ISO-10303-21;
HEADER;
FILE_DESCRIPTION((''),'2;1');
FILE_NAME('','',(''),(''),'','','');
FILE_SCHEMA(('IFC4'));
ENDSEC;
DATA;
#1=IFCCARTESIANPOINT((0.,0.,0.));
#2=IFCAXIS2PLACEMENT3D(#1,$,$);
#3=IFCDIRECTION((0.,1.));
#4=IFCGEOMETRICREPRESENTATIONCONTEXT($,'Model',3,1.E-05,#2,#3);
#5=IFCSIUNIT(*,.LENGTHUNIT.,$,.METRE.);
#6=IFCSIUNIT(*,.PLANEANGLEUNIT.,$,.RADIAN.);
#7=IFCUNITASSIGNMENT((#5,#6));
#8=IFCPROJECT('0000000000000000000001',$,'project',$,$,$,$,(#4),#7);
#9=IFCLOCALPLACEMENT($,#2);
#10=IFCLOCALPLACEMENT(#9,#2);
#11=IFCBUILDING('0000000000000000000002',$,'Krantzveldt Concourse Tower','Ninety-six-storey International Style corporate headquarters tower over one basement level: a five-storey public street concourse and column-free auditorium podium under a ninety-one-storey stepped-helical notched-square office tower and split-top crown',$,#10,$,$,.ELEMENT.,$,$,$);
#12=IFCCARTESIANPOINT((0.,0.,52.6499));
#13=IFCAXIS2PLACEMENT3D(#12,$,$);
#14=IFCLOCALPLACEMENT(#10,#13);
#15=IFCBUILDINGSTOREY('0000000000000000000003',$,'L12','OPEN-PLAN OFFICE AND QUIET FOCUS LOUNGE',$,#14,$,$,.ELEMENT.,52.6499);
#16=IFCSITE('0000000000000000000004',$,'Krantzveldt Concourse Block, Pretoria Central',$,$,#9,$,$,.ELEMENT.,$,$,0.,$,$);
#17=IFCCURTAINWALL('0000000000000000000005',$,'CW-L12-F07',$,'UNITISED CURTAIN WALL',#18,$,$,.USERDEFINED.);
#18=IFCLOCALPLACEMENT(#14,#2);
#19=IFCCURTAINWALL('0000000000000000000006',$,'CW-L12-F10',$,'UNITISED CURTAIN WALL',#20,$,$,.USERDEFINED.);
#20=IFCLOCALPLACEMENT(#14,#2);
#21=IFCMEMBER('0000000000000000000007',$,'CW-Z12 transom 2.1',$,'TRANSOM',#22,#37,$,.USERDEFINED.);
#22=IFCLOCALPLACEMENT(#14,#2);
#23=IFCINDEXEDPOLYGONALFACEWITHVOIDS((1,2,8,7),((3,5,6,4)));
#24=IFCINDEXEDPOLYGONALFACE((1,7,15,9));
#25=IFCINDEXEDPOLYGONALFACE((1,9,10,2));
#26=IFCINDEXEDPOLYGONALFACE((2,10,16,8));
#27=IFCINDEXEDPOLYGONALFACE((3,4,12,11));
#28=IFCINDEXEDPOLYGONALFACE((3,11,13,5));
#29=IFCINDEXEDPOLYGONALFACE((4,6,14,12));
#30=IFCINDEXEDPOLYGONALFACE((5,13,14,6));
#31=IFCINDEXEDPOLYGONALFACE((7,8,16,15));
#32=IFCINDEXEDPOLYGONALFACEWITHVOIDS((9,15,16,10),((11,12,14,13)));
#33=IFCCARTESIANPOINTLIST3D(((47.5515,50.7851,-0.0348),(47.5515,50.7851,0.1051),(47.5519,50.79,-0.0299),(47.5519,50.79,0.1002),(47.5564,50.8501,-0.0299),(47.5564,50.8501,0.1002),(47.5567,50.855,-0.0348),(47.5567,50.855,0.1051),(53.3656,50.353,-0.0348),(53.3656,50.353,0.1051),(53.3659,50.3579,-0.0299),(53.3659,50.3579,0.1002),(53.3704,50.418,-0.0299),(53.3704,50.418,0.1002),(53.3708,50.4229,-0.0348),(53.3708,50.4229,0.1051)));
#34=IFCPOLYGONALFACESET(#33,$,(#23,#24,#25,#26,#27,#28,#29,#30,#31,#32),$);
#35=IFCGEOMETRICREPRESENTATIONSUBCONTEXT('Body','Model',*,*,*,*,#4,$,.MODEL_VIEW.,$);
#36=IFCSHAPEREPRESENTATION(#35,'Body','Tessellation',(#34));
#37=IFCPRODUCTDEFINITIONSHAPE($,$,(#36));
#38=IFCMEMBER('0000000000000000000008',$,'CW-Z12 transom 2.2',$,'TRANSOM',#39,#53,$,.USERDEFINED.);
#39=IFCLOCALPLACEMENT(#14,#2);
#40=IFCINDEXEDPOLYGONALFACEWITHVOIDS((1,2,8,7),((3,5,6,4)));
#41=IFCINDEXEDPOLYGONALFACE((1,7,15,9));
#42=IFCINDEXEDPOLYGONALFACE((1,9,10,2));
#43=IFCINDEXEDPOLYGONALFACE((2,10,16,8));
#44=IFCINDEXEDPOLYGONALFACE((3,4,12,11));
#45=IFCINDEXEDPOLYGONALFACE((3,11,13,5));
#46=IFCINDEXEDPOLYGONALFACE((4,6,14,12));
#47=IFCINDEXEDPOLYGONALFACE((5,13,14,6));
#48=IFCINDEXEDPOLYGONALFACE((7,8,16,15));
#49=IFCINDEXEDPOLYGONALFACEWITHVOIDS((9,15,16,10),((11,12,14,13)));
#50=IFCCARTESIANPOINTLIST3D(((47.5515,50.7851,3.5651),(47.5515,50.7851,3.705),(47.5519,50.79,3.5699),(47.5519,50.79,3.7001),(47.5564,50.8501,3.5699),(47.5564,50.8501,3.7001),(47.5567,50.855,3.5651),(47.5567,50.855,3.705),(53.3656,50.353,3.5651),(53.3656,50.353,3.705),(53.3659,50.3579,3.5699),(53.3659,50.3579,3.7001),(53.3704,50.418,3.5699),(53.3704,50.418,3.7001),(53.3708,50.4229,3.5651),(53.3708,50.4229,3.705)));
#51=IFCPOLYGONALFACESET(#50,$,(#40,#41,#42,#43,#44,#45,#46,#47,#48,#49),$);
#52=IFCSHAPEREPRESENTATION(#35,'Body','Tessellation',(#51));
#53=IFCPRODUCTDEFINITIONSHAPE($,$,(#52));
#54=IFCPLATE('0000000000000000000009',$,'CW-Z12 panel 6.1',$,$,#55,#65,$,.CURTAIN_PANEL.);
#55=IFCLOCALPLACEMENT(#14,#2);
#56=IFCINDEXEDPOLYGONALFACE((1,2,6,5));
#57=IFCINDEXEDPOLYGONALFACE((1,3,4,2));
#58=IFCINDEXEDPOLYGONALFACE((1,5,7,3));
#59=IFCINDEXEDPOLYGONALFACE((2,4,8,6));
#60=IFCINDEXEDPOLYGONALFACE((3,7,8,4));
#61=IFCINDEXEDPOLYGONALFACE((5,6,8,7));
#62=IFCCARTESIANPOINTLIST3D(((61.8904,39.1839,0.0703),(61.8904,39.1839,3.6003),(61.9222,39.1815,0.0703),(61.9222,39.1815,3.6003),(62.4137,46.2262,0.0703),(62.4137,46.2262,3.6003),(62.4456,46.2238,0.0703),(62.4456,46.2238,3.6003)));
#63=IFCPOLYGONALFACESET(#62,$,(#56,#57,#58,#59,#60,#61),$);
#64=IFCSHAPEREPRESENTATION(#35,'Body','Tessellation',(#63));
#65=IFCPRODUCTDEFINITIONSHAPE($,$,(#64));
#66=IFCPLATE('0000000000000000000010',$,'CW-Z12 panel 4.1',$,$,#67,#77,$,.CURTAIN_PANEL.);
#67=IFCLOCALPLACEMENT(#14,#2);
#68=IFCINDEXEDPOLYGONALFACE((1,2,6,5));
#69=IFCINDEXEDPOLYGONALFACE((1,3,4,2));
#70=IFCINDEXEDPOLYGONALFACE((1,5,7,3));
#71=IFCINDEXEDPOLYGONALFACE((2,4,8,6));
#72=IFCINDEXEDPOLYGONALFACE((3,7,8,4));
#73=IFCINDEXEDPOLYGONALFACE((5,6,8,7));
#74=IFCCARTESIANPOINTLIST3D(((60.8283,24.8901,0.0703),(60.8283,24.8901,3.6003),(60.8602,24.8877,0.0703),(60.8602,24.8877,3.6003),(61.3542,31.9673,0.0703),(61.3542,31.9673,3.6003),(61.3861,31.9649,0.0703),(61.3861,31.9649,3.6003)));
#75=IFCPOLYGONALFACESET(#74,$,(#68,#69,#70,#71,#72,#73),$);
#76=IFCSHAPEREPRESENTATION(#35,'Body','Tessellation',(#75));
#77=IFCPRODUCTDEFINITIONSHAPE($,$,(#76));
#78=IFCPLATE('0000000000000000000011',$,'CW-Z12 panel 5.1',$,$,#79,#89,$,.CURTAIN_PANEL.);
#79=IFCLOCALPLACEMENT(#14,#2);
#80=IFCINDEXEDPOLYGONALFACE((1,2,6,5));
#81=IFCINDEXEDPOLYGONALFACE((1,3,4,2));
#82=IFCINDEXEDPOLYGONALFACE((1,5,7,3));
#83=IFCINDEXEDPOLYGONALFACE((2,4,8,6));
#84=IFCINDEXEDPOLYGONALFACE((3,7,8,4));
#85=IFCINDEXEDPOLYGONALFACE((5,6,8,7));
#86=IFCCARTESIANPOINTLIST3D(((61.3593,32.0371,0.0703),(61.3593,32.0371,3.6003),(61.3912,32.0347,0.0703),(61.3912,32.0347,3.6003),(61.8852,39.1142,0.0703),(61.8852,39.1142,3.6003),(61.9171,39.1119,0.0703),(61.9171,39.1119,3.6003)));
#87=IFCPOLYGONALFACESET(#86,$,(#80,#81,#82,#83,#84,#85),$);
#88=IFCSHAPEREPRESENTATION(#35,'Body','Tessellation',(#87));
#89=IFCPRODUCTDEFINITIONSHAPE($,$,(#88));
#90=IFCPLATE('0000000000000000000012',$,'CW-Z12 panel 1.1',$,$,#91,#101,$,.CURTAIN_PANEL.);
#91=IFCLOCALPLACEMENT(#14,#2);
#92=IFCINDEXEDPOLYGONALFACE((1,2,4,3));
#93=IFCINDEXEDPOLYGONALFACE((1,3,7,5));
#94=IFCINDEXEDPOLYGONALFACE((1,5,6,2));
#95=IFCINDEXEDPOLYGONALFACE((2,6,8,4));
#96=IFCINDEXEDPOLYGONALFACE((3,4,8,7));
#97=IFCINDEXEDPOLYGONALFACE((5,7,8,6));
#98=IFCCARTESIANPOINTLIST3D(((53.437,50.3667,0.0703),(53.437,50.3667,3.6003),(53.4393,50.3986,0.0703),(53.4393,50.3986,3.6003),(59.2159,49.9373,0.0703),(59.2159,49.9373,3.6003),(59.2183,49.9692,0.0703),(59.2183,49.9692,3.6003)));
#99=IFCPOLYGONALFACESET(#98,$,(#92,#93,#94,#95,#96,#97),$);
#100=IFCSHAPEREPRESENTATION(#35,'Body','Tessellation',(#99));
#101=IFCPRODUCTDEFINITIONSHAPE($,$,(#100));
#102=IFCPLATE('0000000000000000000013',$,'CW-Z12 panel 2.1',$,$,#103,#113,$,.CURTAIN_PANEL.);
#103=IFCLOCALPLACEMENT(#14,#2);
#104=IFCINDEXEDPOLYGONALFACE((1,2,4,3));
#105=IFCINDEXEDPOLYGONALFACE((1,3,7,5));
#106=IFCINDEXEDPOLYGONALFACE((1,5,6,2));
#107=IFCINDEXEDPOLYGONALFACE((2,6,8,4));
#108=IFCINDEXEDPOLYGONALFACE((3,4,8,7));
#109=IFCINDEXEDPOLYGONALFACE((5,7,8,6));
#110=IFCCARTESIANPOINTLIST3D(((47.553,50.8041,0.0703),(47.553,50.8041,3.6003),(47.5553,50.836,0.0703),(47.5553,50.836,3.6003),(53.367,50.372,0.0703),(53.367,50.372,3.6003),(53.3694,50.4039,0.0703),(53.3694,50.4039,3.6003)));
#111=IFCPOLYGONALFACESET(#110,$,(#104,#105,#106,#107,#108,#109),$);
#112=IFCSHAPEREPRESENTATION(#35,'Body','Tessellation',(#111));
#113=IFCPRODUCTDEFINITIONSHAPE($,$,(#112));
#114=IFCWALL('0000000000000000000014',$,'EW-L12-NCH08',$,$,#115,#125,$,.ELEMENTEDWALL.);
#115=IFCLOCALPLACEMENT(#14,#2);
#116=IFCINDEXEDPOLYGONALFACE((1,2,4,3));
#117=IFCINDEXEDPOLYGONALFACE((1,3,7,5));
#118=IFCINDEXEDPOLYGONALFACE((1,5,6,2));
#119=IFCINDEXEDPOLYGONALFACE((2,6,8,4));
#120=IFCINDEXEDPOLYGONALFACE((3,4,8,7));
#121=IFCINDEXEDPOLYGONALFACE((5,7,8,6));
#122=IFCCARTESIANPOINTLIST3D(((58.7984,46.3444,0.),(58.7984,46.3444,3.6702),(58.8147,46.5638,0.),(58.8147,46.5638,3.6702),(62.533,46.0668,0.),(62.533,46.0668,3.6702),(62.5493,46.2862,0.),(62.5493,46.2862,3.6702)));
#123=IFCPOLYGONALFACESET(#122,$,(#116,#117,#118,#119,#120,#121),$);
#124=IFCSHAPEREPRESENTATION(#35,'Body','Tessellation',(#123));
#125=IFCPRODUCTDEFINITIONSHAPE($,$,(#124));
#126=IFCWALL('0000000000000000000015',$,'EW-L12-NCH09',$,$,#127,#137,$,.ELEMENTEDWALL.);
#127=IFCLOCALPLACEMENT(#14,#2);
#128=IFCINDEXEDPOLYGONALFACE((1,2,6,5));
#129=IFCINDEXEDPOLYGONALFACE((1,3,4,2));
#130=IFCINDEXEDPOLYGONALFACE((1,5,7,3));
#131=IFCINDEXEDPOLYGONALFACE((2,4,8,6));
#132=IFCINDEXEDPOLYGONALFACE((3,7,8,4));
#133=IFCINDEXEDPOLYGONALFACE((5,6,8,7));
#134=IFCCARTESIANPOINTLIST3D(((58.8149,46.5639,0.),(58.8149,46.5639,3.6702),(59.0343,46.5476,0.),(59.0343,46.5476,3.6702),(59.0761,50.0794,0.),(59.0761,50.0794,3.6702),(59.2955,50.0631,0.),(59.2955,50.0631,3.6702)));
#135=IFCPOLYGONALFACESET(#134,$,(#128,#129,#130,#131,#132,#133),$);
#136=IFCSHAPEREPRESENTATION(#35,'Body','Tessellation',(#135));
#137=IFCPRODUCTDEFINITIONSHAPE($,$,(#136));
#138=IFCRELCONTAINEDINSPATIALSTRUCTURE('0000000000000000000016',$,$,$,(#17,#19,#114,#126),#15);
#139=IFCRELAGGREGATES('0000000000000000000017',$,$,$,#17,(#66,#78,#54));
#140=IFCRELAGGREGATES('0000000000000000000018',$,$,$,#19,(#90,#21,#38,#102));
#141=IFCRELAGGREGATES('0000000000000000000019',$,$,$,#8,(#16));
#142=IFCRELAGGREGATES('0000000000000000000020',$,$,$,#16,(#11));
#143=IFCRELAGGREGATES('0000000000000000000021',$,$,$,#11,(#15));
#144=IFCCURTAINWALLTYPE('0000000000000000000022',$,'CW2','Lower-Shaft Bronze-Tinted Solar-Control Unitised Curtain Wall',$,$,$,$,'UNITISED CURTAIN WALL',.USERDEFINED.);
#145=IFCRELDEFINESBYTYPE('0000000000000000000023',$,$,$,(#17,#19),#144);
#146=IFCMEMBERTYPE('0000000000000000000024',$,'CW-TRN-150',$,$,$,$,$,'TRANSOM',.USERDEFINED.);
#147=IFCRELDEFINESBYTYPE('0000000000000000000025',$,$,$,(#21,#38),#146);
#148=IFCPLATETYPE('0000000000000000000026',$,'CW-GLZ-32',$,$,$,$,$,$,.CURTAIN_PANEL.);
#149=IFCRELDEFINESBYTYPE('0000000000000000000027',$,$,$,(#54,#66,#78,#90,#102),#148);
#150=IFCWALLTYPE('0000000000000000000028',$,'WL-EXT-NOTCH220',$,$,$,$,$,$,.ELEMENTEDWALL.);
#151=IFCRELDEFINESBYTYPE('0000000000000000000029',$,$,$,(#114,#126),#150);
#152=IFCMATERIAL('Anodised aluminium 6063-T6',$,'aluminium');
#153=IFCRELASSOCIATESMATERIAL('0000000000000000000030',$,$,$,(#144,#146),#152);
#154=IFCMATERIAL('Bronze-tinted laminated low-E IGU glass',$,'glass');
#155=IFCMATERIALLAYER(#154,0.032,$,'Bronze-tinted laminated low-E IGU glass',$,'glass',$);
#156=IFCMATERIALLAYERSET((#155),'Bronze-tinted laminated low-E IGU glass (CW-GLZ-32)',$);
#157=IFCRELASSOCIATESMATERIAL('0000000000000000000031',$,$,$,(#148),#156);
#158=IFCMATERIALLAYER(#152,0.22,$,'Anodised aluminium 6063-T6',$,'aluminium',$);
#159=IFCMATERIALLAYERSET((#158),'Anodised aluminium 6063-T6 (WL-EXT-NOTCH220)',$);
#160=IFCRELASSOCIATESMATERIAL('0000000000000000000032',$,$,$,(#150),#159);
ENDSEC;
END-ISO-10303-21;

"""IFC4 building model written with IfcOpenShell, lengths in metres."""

from ifc_helpers import new_model, si_unit, direction, frame, frame_2d, origin, origin_2d, place, context, subcontext, project, spatial, rectangle, hollow_rectangle, extrude, source, transform, mapped, material, layer, layer_set, material_profile, profile_set, type_object, type_shapes, element, aggregate, save


model = new_model("IFC4")

# Units and contexts
model_context = context("Model", 3, precision=1e-05, world=origin(), true_north=direction((0.0, 1.0)))
body_context = subcontext(model_context, "Body", "Model", "MODEL_VIEW")
ifc_project = project(units=[si_unit("LENGTHUNIT", "METRE"), si_unit("PLANEANGLEUNIT", "RADIAN")], contexts=[model_context])

# Site, building, storey
site_placement = place(None, origin())
site = spatial("IfcSite", under=ifc_project, at=site_placement, Name="Krantzveldt Concourse Block, Pretoria Central", CompositionType="ELEMENT", RefElevation=0.0)
building_placement = place(site_placement, origin())
building = spatial("IfcBuilding", under=site, at=building_placement, Name="Krantzveldt Concourse Tower", Description="Ninety-six-storey International Style corporate headquarters tower over one basement level: a five-storey public street concourse and column-free auditorium podium under a ninety-one-storey stepped-helical notched-square office tower and split-top crown", CompositionType="ELEMENT")
storey_placement = place(building_placement, frame((0.0, 0.0, 52.6499)))
storey = spatial("IfcBuildingStorey", under=building, at=storey_placement, Name="L12", Description="OPEN-PLAN OFFICE AND QUIET FOCUS LOUNGE", CompositionType="ELEMENT", Elevation=52.6499)

# Curtain walls, members
ifc_material_1 = material(Name="Anodised aluminium 6063-T6", Category="aluminium")
curtain_wall_type = type_object("IfcCurtainWallType", Name="CW2", Description="Lower-Shaft Bronze-Tinted Solar-Control Unitised Curtain Wall", ElementType="UNITISED CURTAIN WALL", PredefinedType="USERDEFINED", material=ifc_material_1)
curtain_wall_1_placement = place(storey_placement, origin())
curtain_wall_1 = element("IfcCurtainWall", 1, at=curtain_wall_1_placement, inside=storey, type_object=curtain_wall_type, Name="CW-L12-F07", ObjectType="UNITISED CURTAIN WALL", PredefinedType="USERDEFINED")
ifc_material_profile_1 = material_profile(ifc_material_1, hollow_rectangle(XDim=0.0701, YDim=0.1399, WallThickness=0.0049, at=origin_2d()), Name="Anodised aluminium 6063-T6", Category="aluminium")
ifc_profile_set_1 = profile_set([ifc_material_profile_1], Name="Anodised aluminium 6063-T6 - ALU-TRAN 140x70x5")
member_type_1 = type_object("IfcMemberType", Name="CW-TRN-150", ElementType="TRANSOM", PredefinedType="USERDEFINED", material=ifc_profile_set_1)
curtain_wall_2_placement = place(storey_placement, origin())
curtain_wall_2 = element("IfcCurtainWall", 2, at=curtain_wall_2_placement, inside=storey, type_object=curtain_wall_type, Name="CW-L12-F10", ObjectType="UNITISED CURTAIN WALL", PredefinedType="USERDEFINED")
shared_shape_1 = source(origin(), body_context, "Body", "SweptSolid", [
    extrude(hollow_rectangle(XDim=0.0701, YDim=0.1399, WallThickness=0.0049, at=origin_2d()), origin(), (0.0, 0.0, 1.0), 5.8301),
])
member_1_placement = place(storey_placement, frame((53.3682, 50.3879, 0.0352), z_axis=(-0.997249, 0.074122, 0.0), x_axis=(-0.074122, -0.997249, 0.0)))
member_1 = element("IfcMember", 3, at=member_1_placement, type_object=member_type_1, Name="CW-Z12 transom 2.1", ObjectType="TRANSOM", PredefinedType="USERDEFINED", context=body_context, shape_type="MappedRepresentation", body=[
    mapped(shared_shape_1, transform((0.0, 0.0, 0.0), x_axis=(1.0, 0.0, 0.0), y_axis=(0.0, 1.0, 0.0), z_axis=(0.0, 0.0, 1.0), scale=1.0)),
])
member_2_placement = place(storey_placement, frame((53.3682, 50.3879, 3.635), z_axis=(-0.997249, 0.074122, 0.0), x_axis=(-0.074122, -0.997249, 0.0)))
member_2 = element("IfcMember", 4, at=member_2_placement, type_object=member_type_1, Name="CW-Z12 transom 2.2", ObjectType="TRANSOM", PredefinedType="USERDEFINED", context=body_context, shape_type="MappedRepresentation", body=[
    mapped(shared_shape_1, transform((0.0, 0.0, 0.0), x_axis=(1.0, 0.0, 0.0), y_axis=(0.0, 1.0, 0.0), z_axis=(0.0, 0.0, 1.0), scale=1.0)),
])

# Plates
ifc_material_2 = material(Name="Bronze-tinted laminated low-E IGU glass", Category="glass")
ifc_layer_1 = layer(ifc_material_2, 0.032, Name="Bronze-tinted laminated low-E IGU glass", Category="glass")
ifc_layer_set_1 = layer_set([ifc_layer_1], Name="Bronze-tinted laminated low-E IGU glass (CW-GLZ-32)")
plate_type = type_object("IfcPlateType", Name="CW-GLZ-32", PredefinedType="CURTAIN_PANEL", material=ifc_layer_set_1)
shared_shape_2 = source(origin(), body_context, "Body", "SweptSolid", [
    extrude(rectangle(XDim=7.0618, YDim=0.032, at=origin_2d()), origin(), (0.0, 0.0, 1.0), 3.53),
])
plate_1_placement = place(storey_placement, frame((62.168, 42.7039, 0.0703), z_axis=(0.0, 0.0, 1.0), x_axis=(0.074109, 0.99725, 0.0)))
plate_1 = element("IfcPlate", 5, at=plate_1_placement, type_object=plate_type, Name="CW-Z12 panel 6.1", PredefinedType="CURTAIN_PANEL", context=body_context, shape_type="MappedRepresentation", body=[
    mapped(shared_shape_2, transform((0.0, 0.0, 0.0), x_axis=(1.0, 0.0, 0.0), y_axis=(0.0, 1.0, 0.0), z_axis=(0.0, 0.0, 1.0), scale=1.0)),
])
shared_shape_3 = source(origin(), body_context, "Body", "SweptSolid", [
    extrude(rectangle(XDim=7.0967, YDim=0.032, at=origin_2d()), origin(), (0.0, 0.0, 1.0), 3.53),
])
plate_2_placement = place(storey_placement, frame((61.1072, 28.4275, 0.0703), z_axis=(0.0, 0.0, 1.0), x_axis=(0.074109, 0.99725, 0.0)))
plate_2 = element("IfcPlate", 6, at=plate_2_placement, type_object=plate_type, Name="CW-Z12 panel 4.1", PredefinedType="CURTAIN_PANEL", context=body_context, shape_type="MappedRepresentation", body=[
    mapped(shared_shape_3, transform((0.0, 0.0, 0.0), x_axis=(1.0, 0.0, 0.0), y_axis=(0.0, 1.0, 0.0), z_axis=(0.0, 0.0, 1.0), scale=1.0)),
])
plate_3_placement = place(storey_placement, frame((61.6382, 35.5745, 0.0703), z_axis=(0.0, 0.0, 1.0), x_axis=(0.074109, 0.99725, 0.0)))
plate_3 = element("IfcPlate", 7, at=plate_3_placement, type_object=plate_type, Name="CW-Z12 panel 5.1", PredefinedType="CURTAIN_PANEL", context=body_context, shape_type="MappedRepresentation", body=[
    mapped(shared_shape_3, transform((0.0, 0.0, 0.0), x_axis=(1.0, 0.0, 0.0), y_axis=(0.0, 1.0, 0.0), z_axis=(0.0, 0.0, 1.0), scale=1.0)),
])
aggregate(curtain_wall_1, [plate_2, plate_3, plate_1])
shared_shape_4 = source(origin(), body_context, "Body", "SweptSolid", [
    extrude(rectangle(XDim=5.7949, YDim=0.032, at=origin_2d()), origin(), (0.0, 0.0, 1.0), 3.53),
])
plate_4_placement = place(storey_placement, frame((56.3276, 50.168, 0.0703), z_axis=(0.0, 0.0, 1.0), x_axis=(-0.99725, 0.074108, 0.0)))
plate_4 = element("IfcPlate", 8, at=plate_4_placement, type_object=plate_type, Name="CW-Z12 panel 1.1", PredefinedType="CURTAIN_PANEL", context=body_context, shape_type="MappedRepresentation", body=[
    mapped(shared_shape_4, transform((0.0, 0.0, 0.0), x_axis=(1.0, 0.0, 0.0), y_axis=(0.0, 1.0, 0.0), z_axis=(0.0, 0.0, 1.0), scale=1.0)),
])
shared_shape_5 = source(origin(), body_context, "Body", "SweptSolid", [
    extrude(rectangle(XDim=5.8301, YDim=0.032, at=origin_2d()), origin(), (0.0, 0.0, 1.0), 3.53),
])
type_shapes(plate_type, [shared_shape_2, shared_shape_3, shared_shape_4, shared_shape_5])
plate_5_placement = place(storey_placement, frame((50.4612, 50.604, 0.0703), z_axis=(0.0, 0.0, 1.0), x_axis=(-0.99725, 0.074108, 0.0)))
plate_5 = element("IfcPlate", 9, at=plate_5_placement, type_object=plate_type, Name="CW-Z12 panel 2.1", PredefinedType="CURTAIN_PANEL", context=body_context, shape_type="MappedRepresentation", body=[
    mapped(shared_shape_5, transform((0.0, 0.0, 0.0), x_axis=(1.0, 0.0, 0.0), y_axis=(0.0, 1.0, 0.0), z_axis=(0.0, 0.0, 1.0), scale=1.0)),
])
aggregate(curtain_wall_2, [plate_4, member_1, member_2, plate_5])

# Walls
ifc_layer_2 = layer(ifc_material_1, 0.22, Name="Anodised aluminium 6063-T6", Category="aluminium")
ifc_layer_set_2 = layer_set([ifc_layer_2], Name="Anodised aluminium 6063-T6 (WL-EXT-NOTCH220)")
wall_type = type_object("IfcWallType", Name="WL-EXT-NOTCH220", PredefinedType="ELEMENTEDWALL", material=ifc_layer_set_2)
wall_1_placement = place(storey_placement, frame((62.5413, 46.1765, 0.0), z_axis=(0.0, 0.0, 1.0), x_axis=(-0.997249, 0.074124, 0.0)))
element("IfcWall", 10, at=wall_1_placement, inside=storey, type_object=wall_type, Name="EW-L12-NCH08", PredefinedType="ELEMENTEDWALL", context=body_context, shape_type="SweptSolid", body=[
    extrude(rectangle(XDim=3.7449, YDim=0.22, at=frame_2d((1.8726, 0.0))), origin(), (0.0, 0.0, 1.0), 3.6702),
])
wall_2_placement = place(storey_placement, frame((58.9246, 46.5557, 0.0), z_axis=(0.0, 0.0, 1.0), x_axis=(0.074106, 0.99725, 0.0)))
element("IfcWall", 11, at=wall_2_placement, inside=storey, type_object=wall_type, Name="EW-L12-NCH09", PredefinedType="ELEMENTEDWALL", context=body_context, shape_type="SweptSolid", body=[
    extrude(rectangle(XDim=3.5251, YDim=0.22, at=frame_2d((1.7627, 0.0))), origin(), (0.0, 0.0, 1.0), 3.6702),
])

save(model, "model.ifc")
